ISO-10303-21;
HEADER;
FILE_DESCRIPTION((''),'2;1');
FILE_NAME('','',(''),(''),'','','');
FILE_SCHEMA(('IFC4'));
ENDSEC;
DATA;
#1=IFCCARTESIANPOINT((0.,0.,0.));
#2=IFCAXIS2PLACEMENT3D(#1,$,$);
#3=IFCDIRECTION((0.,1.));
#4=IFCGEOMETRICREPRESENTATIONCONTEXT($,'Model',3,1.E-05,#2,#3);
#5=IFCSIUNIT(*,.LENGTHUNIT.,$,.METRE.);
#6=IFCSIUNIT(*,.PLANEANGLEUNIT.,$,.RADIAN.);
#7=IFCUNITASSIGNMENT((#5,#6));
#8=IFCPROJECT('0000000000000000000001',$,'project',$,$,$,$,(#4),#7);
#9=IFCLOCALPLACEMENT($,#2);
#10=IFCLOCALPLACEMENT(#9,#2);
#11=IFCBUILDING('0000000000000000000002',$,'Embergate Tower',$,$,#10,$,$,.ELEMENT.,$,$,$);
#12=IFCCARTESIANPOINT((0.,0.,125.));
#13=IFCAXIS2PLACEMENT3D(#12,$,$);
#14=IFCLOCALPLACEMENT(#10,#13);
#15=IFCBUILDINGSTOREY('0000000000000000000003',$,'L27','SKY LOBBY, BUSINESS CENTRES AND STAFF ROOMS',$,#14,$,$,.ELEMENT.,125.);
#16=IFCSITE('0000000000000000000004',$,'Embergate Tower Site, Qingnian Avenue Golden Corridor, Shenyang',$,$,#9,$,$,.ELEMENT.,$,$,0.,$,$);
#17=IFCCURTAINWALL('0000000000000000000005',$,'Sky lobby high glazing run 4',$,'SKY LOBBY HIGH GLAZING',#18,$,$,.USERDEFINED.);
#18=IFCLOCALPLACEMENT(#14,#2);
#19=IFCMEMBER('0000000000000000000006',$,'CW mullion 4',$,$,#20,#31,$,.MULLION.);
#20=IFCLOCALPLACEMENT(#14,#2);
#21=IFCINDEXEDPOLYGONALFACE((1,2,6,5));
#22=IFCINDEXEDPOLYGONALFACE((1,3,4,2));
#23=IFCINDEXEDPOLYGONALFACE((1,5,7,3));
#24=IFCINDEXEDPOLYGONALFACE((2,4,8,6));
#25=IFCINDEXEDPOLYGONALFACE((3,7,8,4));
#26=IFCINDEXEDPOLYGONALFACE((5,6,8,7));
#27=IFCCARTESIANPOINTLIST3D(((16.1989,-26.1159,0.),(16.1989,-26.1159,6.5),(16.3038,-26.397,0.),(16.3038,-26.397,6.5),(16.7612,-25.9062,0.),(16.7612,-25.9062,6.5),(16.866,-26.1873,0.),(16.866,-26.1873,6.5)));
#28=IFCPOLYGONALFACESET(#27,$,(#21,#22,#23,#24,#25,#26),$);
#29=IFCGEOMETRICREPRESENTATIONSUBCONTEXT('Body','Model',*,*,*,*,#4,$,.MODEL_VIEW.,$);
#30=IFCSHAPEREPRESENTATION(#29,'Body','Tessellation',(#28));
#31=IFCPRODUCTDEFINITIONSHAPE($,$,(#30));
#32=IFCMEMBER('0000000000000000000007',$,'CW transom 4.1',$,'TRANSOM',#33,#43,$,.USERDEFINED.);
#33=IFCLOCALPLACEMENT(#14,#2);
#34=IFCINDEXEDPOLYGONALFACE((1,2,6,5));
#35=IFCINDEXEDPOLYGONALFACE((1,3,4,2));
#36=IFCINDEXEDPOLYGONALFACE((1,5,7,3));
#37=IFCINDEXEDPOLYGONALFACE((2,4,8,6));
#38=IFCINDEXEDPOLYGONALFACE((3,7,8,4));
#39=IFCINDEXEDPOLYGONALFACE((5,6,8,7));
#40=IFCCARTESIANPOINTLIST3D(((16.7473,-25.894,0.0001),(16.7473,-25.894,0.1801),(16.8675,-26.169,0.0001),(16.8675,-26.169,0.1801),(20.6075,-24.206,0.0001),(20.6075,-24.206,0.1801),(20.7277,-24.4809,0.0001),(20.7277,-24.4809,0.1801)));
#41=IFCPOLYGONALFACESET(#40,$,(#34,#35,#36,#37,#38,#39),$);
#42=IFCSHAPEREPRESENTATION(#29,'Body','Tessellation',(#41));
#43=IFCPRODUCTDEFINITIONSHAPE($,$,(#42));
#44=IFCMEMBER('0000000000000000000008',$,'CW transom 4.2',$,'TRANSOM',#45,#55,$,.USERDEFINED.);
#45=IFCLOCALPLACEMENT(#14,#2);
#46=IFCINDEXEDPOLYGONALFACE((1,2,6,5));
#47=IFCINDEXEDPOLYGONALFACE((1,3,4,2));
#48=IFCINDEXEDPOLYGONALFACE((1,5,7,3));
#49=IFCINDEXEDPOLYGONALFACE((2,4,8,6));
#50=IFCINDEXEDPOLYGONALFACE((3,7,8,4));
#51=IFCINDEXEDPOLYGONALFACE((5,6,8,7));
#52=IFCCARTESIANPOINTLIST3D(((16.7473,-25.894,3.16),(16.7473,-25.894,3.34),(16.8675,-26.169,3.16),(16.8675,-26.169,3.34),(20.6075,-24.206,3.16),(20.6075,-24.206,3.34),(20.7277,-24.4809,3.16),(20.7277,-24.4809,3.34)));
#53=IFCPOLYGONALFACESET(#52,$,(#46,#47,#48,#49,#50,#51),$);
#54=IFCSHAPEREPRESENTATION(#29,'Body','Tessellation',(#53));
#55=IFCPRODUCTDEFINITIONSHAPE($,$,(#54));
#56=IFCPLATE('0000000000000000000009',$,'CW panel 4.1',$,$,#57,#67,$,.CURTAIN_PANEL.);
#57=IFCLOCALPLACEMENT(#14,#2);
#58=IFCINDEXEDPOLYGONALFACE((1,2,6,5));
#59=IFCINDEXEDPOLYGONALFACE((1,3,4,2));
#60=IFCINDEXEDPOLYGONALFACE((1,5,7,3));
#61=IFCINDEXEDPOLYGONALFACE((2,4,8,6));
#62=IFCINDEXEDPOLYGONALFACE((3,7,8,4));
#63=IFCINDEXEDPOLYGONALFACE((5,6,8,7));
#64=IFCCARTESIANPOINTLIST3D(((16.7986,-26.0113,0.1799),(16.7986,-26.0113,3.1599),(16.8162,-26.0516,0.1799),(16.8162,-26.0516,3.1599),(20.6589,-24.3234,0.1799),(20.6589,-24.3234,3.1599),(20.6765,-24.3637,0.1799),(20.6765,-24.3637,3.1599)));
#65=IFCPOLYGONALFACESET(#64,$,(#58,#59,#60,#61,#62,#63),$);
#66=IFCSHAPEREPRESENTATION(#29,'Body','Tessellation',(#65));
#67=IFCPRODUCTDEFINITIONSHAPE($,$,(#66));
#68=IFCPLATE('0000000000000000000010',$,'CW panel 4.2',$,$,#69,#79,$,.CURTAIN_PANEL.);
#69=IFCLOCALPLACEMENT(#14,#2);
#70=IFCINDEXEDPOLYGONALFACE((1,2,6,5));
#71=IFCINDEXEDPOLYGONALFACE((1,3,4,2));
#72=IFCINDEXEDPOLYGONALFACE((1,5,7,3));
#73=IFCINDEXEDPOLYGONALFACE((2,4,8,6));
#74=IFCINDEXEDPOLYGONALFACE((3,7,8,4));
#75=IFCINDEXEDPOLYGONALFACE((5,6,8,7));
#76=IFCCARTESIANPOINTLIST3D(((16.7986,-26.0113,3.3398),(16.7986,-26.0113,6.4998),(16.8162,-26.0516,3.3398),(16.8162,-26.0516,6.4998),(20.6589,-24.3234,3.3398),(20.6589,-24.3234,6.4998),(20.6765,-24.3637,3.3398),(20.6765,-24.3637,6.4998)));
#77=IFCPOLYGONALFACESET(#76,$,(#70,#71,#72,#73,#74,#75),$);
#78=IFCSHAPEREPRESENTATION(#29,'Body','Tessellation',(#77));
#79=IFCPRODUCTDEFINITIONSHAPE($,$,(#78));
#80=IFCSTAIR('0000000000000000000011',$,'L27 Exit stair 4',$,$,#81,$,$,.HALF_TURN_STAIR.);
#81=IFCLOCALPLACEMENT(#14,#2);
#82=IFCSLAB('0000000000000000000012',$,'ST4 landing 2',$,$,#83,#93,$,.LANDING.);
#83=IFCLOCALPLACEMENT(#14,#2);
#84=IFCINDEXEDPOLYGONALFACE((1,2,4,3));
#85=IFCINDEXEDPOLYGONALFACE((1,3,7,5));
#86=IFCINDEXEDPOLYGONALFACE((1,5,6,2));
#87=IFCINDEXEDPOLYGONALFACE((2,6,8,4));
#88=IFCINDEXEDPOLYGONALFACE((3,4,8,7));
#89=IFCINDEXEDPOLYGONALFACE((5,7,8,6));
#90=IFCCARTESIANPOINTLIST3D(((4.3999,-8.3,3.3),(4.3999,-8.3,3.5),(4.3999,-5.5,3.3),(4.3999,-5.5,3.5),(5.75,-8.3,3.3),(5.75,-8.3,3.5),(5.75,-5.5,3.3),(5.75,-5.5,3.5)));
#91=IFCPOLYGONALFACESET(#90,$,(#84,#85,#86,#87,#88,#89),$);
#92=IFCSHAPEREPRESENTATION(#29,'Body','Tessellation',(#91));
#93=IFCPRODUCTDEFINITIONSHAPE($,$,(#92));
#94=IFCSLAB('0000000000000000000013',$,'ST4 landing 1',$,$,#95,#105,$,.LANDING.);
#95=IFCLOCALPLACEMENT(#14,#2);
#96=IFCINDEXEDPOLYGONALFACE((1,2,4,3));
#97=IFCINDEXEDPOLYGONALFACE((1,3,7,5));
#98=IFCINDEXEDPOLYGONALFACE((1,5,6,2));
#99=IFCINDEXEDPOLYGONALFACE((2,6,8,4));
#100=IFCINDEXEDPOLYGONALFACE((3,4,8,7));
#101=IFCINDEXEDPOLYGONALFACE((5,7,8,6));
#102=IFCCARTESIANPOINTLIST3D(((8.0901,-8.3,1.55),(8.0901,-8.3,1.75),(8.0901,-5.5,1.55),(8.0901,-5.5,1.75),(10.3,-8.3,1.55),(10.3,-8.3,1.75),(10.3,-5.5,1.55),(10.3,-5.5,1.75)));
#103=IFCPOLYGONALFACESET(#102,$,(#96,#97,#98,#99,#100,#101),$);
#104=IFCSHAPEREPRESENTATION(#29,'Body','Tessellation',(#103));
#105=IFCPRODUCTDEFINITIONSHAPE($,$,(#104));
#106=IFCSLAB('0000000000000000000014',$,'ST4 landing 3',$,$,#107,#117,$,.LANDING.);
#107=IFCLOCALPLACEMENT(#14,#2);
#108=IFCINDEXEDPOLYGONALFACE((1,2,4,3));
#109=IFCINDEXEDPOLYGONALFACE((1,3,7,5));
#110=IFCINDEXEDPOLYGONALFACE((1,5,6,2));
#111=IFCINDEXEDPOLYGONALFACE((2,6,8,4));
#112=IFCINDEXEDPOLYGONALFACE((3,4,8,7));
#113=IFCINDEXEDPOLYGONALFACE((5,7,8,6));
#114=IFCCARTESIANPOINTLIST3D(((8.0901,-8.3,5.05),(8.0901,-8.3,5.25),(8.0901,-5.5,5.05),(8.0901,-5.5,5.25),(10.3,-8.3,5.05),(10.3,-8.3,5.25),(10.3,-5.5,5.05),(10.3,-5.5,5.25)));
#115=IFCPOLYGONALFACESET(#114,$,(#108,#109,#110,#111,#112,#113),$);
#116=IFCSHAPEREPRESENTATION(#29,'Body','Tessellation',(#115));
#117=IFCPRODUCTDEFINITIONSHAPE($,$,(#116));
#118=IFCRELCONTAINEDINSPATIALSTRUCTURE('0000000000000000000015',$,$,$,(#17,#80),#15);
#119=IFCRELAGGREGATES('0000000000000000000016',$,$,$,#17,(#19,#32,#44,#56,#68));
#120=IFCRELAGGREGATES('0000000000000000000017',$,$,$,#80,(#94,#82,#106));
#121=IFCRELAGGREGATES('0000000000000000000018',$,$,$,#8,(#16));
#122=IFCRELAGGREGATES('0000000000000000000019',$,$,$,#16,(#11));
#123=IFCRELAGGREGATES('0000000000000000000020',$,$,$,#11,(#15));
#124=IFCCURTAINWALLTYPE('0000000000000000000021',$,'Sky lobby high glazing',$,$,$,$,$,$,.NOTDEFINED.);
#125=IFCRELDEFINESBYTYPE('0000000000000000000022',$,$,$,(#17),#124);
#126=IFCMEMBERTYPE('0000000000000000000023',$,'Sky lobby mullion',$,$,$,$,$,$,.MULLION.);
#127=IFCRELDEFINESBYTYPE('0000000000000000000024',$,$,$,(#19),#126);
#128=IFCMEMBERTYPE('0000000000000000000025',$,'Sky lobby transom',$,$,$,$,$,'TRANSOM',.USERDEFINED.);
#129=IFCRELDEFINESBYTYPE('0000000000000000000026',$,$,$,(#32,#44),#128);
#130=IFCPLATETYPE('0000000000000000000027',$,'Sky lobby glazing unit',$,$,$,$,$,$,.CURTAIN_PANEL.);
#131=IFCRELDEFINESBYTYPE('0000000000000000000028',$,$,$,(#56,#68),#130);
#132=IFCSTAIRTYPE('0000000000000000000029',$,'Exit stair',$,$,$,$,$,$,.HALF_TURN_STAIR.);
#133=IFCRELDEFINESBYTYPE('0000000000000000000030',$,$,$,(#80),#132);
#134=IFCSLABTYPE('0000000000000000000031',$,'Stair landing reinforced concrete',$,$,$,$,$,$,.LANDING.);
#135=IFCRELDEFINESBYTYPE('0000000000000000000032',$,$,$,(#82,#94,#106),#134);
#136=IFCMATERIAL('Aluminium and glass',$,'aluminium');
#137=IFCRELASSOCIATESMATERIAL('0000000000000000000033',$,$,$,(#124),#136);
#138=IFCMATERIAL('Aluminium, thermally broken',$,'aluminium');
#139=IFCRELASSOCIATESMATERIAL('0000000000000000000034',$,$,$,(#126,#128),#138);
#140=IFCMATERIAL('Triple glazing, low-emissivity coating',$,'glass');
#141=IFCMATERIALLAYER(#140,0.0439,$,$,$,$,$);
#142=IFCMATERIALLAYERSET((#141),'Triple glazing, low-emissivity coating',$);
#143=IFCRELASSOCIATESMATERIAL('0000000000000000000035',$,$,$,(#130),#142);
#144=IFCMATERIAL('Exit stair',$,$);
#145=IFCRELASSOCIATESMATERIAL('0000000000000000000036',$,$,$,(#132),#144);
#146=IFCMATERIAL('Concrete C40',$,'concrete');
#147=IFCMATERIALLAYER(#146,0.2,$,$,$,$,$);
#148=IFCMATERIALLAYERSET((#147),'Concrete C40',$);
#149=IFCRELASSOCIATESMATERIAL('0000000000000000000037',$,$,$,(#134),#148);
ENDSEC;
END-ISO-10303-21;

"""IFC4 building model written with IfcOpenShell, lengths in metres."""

from ifc_helpers import new_model, si_unit, direction, frame, origin, origin_2d, place, context, subcontext, project, spatial, polyline, rectangle, outline, extrude, source, transform, mapped, material, layer, layer_set, material_profile, profile_set, type_object, element, aggregate, save


model = new_model("IFC4")

# Units and contexts
model_context = context("Model", 3, precision=1e-05, world=origin(), true_north=direction((0.0, 1.0)))
body_context = subcontext(model_context, "Body", "Model", "MODEL_VIEW")
ifc_project = project(units=[si_unit("LENGTHUNIT", "METRE"), si_unit("PLANEANGLEUNIT", "RADIAN")], contexts=[model_context])

# Site, building, storey
site_placement = place(None, origin())
site = spatial("IfcSite", under=ifc_project, at=site_placement, Name="Embergate Tower Site, Qingnian Avenue Golden Corridor, Shenyang", CompositionType="ELEMENT", RefElevation=0.0)
building_placement = place(site_placement, origin())
building = spatial("IfcBuilding", under=site, at=building_placement, Name="Embergate Tower", CompositionType="ELEMENT")
storey_placement = place(building_placement, frame((0.0, 0.0, 125.0)))
storey = spatial("IfcBuildingStorey", under=building, at=storey_placement, Name="L27", Description="SKY LOBBY, BUSINESS CENTRES AND STAFF ROOMS", CompositionType="ELEMENT", Elevation=125.0)

# Curtain wall, members, plates
ifc_material_1 = material(Name="Aluminium and glass", Category="aluminium")
curtain_wall_type = type_object("IfcCurtainWallType", Name="Sky lobby high glazing", PredefinedType="NOTDEFINED", material=ifc_material_1)
curtain_wall_placement = place(storey_placement, origin())
curtain_wall = element("IfcCurtainWall", 1, at=curtain_wall_placement, inside=storey, type_object=curtain_wall_type, Name="Sky lobby high glazing run 4", ObjectType="SKY LOBBY HIGH GLAZING", PredefinedType="USERDEFINED")
ifc_material_2 = material(Name="Aluminium, thermally broken", Category="aluminium")
ifc_material_profile_1 = material_profile(ifc_material_2, rectangle(XDim=0.3, YDim=0.6001, at=origin_2d()), Name="AL 600x300")
ifc_profile_set_1 = profile_set([ifc_material_profile_1], Name="Aluminium, thermally broken")
member_type_1 = type_object("IfcMemberType", Name="Sky lobby mullion", PredefinedType="MULLION", material=ifc_profile_set_1)
shared_shape_1 = source(origin(), body_context, "Body", "SweptSolid", [
    extrude(rectangle(XDim=0.3, YDim=0.6001, at=origin_2d()), origin(), (0.0, 0.0, 1.0), 6.5),
])
member_1_placement = place(storey_placement, frame((16.5325, -26.1516, 0.0), z_axis=(0.0, 0.0, 1.0), x_axis=(-0.349498, 0.936937, 0.0)))
member_1 = element("IfcMember", 2, at=member_1_placement, type_object=member_type_1, Name="CW mullion 4", PredefinedType="MULLION", context=body_context, shape_type="MappedRepresentation", body=[
    mapped(shared_shape_1, transform((0.0, 0.0, 0.0))),
])
ifc_material_profile_2 = material_profile(ifc_material_2, rectangle(XDim=0.3, YDim=0.1799, at=origin_2d()), Name="AL 180x300")
ifc_profile_set_2 = profile_set([ifc_material_profile_2], Name="Aluminium, thermally broken")
member_type_2 = type_object("IfcMemberType", Name="Sky lobby transom", ElementType="TRANSOM", PredefinedType="USERDEFINED", material=ifc_profile_set_2)
shared_shape_2 = source(origin(), body_context, "Body", "SweptSolid", [
    extrude(rectangle(XDim=0.3, YDim=0.1799, at=origin_2d()), origin(), (0.0, 0.0, 1.0), 4.2131),
])
member_2_placement = place(storey_placement, frame((16.8074, -26.0315, 0.0901), z_axis=(0.916228, 0.400658, 0.0), x_axis=(-0.400658, 0.916228, 0.0)))
member_2 = element("IfcMember", 3, at=member_2_placement, type_object=member_type_2, Name="CW transom 4.1", ObjectType="TRANSOM", PredefinedType="USERDEFINED", context=body_context, shape_type="MappedRepresentation", body=[
    mapped(shared_shape_2, transform((0.0, 0.0, 0.0))),
])
member_3_placement = place(storey_placement, frame((16.8074, -26.0315, 3.25), z_axis=(0.916228, 0.400658, 0.0), x_axis=(-0.400658, 0.916228, 0.0)))
member_3 = element("IfcMember", 4, at=member_3_placement, type_object=member_type_2, Name="CW transom 4.2", ObjectType="TRANSOM", PredefinedType="USERDEFINED", context=body_context, shape_type="MappedRepresentation", body=[
    mapped(shared_shape_2, transform((0.0, 0.0, 0.0))),
])
ifc_material_3 = material(Name="Triple glazing, low-emissivity coating", Category="glass")
ifc_layer_1 = layer(ifc_material_3, 0.0439)
ifc_layer_set_1 = layer_set([ifc_layer_1], Name="Triple glazing, low-emissivity coating")
plate_type = type_object("IfcPlateType", Name="Sky lobby glazing unit", PredefinedType="CURTAIN_PANEL", material=ifc_layer_set_1)
shared_shape_3 = source(origin(), body_context, "Body", "SweptSolid", [
    extrude(rectangle(XDim=4.2131, YDim=0.0439, at=origin_2d()), origin(), (0.0, 0.0, 1.0), 2.98),
])
plate_1_placement = place(storey_placement, frame((18.7375, -25.1875, 0.1799), z_axis=(0.0, 0.0, 1.0), x_axis=(0.916238, 0.400635, 0.0)))
plate_1 = element("IfcPlate", 5, at=plate_1_placement, type_object=plate_type, Name="CW panel 4.1", PredefinedType="CURTAIN_PANEL", context=body_context, shape_type="MappedRepresentation", body=[
    mapped(shared_shape_3, transform((0.0, 0.0, 0.0))),
])
shared_shape_4 = source(origin(), body_context, "Body", "SweptSolid", [
    extrude(rectangle(XDim=4.2131, YDim=0.0439, at=origin_2d()), origin(), (0.0, 0.0, 1.0), 3.1599),
])
plate_2_placement = place(storey_placement, frame((18.7375, -25.1875, 3.3398), z_axis=(0.0, 0.0, 1.0), x_axis=(0.916238, 0.400635, 0.0)))
plate_2 = element("IfcPlate", 6, at=plate_2_placement, type_object=plate_type, Name="CW panel 4.2", PredefinedType="CURTAIN_PANEL", context=body_context, shape_type="MappedRepresentation", body=[
    mapped(shared_shape_4, transform((0.0, 0.0, 0.0))),
])
aggregate(curtain_wall, [member_1, member_2, member_3, plate_1, plate_2])

# Stair, slabs
ifc_material_4 = material(Name="Exit stair")
stair_type = type_object("IfcStairType", Name="Exit stair", PredefinedType="HALF_TURN_STAIR", material=ifc_material_4)
stair_placement = place(storey_placement, origin())
stair = element("IfcStair", 7, at=stair_placement, inside=storey, type_object=stair_type, Name="L27 Exit stair 4", PredefinedType="HALF_TURN_STAIR")
ifc_material_5 = material(Name="Concrete C40", Category="concrete")
ifc_layer_2 = layer(ifc_material_5, 0.2)
ifc_layer_set_2 = layer_set([ifc_layer_2], Name="Concrete C40")
slab_type = type_object("IfcSlabType", Name="Stair landing reinforced concrete", PredefinedType="LANDING", material=ifc_layer_set_2)
shared_shape_5 = source(origin(), body_context, "Body", "SweptSolid", [
    extrude(outline(polyline([(0.0, 0.0), (1.3501, 0.0), (1.3501, 2.8), (0.0, 2.8), (0.0, 0.0)])), origin(), (0.0, 0.0, 1.0), 0.2),
])
slab_1_placement = place(storey_placement, frame((4.3999, -8.3, 3.3)))
slab_1 = element("IfcSlab", 8, at=slab_1_placement, type_object=slab_type, Name="ST4 landing 2", PredefinedType="LANDING", context=body_context, shape_type="MappedRepresentation", body=[
    mapped(shared_shape_5, transform((0.0, 0.0, 0.0))),
])
shared_shape_6 = source(origin(), body_context, "Body", "SweptSolid", [
    extrude(outline(polyline([(0.0, 0.0), (2.21, 0.0), (2.21, 2.8), (0.0, 2.8), (0.0, 0.0)])), origin(), (0.0, 0.0, 1.0), 0.2),
])
slab_2_placement = place(storey_placement, frame((8.0901, -8.3, 1.55)))
slab_2 = element("IfcSlab", 9, at=slab_2_placement, type_object=slab_type, Name="ST4 landing 1", PredefinedType="LANDING", context=body_context, shape_type="MappedRepresentation", body=[
    mapped(shared_shape_6, transform((0.0, 0.0, 0.0))),
])
slab_3_placement = place(storey_placement, frame((8.0901, -8.3, 5.05)))
slab_3 = element("IfcSlab", 10, at=slab_3_placement, type_object=slab_type, Name="ST4 landing 3", PredefinedType="LANDING", context=body_context, shape_type="MappedRepresentation", body=[
    mapped(shared_shape_6, transform((0.0, 0.0, 0.0))),
])
aggregate(stair, [slab_2, slab_1, slab_3])

save(model, "model.ifc")
